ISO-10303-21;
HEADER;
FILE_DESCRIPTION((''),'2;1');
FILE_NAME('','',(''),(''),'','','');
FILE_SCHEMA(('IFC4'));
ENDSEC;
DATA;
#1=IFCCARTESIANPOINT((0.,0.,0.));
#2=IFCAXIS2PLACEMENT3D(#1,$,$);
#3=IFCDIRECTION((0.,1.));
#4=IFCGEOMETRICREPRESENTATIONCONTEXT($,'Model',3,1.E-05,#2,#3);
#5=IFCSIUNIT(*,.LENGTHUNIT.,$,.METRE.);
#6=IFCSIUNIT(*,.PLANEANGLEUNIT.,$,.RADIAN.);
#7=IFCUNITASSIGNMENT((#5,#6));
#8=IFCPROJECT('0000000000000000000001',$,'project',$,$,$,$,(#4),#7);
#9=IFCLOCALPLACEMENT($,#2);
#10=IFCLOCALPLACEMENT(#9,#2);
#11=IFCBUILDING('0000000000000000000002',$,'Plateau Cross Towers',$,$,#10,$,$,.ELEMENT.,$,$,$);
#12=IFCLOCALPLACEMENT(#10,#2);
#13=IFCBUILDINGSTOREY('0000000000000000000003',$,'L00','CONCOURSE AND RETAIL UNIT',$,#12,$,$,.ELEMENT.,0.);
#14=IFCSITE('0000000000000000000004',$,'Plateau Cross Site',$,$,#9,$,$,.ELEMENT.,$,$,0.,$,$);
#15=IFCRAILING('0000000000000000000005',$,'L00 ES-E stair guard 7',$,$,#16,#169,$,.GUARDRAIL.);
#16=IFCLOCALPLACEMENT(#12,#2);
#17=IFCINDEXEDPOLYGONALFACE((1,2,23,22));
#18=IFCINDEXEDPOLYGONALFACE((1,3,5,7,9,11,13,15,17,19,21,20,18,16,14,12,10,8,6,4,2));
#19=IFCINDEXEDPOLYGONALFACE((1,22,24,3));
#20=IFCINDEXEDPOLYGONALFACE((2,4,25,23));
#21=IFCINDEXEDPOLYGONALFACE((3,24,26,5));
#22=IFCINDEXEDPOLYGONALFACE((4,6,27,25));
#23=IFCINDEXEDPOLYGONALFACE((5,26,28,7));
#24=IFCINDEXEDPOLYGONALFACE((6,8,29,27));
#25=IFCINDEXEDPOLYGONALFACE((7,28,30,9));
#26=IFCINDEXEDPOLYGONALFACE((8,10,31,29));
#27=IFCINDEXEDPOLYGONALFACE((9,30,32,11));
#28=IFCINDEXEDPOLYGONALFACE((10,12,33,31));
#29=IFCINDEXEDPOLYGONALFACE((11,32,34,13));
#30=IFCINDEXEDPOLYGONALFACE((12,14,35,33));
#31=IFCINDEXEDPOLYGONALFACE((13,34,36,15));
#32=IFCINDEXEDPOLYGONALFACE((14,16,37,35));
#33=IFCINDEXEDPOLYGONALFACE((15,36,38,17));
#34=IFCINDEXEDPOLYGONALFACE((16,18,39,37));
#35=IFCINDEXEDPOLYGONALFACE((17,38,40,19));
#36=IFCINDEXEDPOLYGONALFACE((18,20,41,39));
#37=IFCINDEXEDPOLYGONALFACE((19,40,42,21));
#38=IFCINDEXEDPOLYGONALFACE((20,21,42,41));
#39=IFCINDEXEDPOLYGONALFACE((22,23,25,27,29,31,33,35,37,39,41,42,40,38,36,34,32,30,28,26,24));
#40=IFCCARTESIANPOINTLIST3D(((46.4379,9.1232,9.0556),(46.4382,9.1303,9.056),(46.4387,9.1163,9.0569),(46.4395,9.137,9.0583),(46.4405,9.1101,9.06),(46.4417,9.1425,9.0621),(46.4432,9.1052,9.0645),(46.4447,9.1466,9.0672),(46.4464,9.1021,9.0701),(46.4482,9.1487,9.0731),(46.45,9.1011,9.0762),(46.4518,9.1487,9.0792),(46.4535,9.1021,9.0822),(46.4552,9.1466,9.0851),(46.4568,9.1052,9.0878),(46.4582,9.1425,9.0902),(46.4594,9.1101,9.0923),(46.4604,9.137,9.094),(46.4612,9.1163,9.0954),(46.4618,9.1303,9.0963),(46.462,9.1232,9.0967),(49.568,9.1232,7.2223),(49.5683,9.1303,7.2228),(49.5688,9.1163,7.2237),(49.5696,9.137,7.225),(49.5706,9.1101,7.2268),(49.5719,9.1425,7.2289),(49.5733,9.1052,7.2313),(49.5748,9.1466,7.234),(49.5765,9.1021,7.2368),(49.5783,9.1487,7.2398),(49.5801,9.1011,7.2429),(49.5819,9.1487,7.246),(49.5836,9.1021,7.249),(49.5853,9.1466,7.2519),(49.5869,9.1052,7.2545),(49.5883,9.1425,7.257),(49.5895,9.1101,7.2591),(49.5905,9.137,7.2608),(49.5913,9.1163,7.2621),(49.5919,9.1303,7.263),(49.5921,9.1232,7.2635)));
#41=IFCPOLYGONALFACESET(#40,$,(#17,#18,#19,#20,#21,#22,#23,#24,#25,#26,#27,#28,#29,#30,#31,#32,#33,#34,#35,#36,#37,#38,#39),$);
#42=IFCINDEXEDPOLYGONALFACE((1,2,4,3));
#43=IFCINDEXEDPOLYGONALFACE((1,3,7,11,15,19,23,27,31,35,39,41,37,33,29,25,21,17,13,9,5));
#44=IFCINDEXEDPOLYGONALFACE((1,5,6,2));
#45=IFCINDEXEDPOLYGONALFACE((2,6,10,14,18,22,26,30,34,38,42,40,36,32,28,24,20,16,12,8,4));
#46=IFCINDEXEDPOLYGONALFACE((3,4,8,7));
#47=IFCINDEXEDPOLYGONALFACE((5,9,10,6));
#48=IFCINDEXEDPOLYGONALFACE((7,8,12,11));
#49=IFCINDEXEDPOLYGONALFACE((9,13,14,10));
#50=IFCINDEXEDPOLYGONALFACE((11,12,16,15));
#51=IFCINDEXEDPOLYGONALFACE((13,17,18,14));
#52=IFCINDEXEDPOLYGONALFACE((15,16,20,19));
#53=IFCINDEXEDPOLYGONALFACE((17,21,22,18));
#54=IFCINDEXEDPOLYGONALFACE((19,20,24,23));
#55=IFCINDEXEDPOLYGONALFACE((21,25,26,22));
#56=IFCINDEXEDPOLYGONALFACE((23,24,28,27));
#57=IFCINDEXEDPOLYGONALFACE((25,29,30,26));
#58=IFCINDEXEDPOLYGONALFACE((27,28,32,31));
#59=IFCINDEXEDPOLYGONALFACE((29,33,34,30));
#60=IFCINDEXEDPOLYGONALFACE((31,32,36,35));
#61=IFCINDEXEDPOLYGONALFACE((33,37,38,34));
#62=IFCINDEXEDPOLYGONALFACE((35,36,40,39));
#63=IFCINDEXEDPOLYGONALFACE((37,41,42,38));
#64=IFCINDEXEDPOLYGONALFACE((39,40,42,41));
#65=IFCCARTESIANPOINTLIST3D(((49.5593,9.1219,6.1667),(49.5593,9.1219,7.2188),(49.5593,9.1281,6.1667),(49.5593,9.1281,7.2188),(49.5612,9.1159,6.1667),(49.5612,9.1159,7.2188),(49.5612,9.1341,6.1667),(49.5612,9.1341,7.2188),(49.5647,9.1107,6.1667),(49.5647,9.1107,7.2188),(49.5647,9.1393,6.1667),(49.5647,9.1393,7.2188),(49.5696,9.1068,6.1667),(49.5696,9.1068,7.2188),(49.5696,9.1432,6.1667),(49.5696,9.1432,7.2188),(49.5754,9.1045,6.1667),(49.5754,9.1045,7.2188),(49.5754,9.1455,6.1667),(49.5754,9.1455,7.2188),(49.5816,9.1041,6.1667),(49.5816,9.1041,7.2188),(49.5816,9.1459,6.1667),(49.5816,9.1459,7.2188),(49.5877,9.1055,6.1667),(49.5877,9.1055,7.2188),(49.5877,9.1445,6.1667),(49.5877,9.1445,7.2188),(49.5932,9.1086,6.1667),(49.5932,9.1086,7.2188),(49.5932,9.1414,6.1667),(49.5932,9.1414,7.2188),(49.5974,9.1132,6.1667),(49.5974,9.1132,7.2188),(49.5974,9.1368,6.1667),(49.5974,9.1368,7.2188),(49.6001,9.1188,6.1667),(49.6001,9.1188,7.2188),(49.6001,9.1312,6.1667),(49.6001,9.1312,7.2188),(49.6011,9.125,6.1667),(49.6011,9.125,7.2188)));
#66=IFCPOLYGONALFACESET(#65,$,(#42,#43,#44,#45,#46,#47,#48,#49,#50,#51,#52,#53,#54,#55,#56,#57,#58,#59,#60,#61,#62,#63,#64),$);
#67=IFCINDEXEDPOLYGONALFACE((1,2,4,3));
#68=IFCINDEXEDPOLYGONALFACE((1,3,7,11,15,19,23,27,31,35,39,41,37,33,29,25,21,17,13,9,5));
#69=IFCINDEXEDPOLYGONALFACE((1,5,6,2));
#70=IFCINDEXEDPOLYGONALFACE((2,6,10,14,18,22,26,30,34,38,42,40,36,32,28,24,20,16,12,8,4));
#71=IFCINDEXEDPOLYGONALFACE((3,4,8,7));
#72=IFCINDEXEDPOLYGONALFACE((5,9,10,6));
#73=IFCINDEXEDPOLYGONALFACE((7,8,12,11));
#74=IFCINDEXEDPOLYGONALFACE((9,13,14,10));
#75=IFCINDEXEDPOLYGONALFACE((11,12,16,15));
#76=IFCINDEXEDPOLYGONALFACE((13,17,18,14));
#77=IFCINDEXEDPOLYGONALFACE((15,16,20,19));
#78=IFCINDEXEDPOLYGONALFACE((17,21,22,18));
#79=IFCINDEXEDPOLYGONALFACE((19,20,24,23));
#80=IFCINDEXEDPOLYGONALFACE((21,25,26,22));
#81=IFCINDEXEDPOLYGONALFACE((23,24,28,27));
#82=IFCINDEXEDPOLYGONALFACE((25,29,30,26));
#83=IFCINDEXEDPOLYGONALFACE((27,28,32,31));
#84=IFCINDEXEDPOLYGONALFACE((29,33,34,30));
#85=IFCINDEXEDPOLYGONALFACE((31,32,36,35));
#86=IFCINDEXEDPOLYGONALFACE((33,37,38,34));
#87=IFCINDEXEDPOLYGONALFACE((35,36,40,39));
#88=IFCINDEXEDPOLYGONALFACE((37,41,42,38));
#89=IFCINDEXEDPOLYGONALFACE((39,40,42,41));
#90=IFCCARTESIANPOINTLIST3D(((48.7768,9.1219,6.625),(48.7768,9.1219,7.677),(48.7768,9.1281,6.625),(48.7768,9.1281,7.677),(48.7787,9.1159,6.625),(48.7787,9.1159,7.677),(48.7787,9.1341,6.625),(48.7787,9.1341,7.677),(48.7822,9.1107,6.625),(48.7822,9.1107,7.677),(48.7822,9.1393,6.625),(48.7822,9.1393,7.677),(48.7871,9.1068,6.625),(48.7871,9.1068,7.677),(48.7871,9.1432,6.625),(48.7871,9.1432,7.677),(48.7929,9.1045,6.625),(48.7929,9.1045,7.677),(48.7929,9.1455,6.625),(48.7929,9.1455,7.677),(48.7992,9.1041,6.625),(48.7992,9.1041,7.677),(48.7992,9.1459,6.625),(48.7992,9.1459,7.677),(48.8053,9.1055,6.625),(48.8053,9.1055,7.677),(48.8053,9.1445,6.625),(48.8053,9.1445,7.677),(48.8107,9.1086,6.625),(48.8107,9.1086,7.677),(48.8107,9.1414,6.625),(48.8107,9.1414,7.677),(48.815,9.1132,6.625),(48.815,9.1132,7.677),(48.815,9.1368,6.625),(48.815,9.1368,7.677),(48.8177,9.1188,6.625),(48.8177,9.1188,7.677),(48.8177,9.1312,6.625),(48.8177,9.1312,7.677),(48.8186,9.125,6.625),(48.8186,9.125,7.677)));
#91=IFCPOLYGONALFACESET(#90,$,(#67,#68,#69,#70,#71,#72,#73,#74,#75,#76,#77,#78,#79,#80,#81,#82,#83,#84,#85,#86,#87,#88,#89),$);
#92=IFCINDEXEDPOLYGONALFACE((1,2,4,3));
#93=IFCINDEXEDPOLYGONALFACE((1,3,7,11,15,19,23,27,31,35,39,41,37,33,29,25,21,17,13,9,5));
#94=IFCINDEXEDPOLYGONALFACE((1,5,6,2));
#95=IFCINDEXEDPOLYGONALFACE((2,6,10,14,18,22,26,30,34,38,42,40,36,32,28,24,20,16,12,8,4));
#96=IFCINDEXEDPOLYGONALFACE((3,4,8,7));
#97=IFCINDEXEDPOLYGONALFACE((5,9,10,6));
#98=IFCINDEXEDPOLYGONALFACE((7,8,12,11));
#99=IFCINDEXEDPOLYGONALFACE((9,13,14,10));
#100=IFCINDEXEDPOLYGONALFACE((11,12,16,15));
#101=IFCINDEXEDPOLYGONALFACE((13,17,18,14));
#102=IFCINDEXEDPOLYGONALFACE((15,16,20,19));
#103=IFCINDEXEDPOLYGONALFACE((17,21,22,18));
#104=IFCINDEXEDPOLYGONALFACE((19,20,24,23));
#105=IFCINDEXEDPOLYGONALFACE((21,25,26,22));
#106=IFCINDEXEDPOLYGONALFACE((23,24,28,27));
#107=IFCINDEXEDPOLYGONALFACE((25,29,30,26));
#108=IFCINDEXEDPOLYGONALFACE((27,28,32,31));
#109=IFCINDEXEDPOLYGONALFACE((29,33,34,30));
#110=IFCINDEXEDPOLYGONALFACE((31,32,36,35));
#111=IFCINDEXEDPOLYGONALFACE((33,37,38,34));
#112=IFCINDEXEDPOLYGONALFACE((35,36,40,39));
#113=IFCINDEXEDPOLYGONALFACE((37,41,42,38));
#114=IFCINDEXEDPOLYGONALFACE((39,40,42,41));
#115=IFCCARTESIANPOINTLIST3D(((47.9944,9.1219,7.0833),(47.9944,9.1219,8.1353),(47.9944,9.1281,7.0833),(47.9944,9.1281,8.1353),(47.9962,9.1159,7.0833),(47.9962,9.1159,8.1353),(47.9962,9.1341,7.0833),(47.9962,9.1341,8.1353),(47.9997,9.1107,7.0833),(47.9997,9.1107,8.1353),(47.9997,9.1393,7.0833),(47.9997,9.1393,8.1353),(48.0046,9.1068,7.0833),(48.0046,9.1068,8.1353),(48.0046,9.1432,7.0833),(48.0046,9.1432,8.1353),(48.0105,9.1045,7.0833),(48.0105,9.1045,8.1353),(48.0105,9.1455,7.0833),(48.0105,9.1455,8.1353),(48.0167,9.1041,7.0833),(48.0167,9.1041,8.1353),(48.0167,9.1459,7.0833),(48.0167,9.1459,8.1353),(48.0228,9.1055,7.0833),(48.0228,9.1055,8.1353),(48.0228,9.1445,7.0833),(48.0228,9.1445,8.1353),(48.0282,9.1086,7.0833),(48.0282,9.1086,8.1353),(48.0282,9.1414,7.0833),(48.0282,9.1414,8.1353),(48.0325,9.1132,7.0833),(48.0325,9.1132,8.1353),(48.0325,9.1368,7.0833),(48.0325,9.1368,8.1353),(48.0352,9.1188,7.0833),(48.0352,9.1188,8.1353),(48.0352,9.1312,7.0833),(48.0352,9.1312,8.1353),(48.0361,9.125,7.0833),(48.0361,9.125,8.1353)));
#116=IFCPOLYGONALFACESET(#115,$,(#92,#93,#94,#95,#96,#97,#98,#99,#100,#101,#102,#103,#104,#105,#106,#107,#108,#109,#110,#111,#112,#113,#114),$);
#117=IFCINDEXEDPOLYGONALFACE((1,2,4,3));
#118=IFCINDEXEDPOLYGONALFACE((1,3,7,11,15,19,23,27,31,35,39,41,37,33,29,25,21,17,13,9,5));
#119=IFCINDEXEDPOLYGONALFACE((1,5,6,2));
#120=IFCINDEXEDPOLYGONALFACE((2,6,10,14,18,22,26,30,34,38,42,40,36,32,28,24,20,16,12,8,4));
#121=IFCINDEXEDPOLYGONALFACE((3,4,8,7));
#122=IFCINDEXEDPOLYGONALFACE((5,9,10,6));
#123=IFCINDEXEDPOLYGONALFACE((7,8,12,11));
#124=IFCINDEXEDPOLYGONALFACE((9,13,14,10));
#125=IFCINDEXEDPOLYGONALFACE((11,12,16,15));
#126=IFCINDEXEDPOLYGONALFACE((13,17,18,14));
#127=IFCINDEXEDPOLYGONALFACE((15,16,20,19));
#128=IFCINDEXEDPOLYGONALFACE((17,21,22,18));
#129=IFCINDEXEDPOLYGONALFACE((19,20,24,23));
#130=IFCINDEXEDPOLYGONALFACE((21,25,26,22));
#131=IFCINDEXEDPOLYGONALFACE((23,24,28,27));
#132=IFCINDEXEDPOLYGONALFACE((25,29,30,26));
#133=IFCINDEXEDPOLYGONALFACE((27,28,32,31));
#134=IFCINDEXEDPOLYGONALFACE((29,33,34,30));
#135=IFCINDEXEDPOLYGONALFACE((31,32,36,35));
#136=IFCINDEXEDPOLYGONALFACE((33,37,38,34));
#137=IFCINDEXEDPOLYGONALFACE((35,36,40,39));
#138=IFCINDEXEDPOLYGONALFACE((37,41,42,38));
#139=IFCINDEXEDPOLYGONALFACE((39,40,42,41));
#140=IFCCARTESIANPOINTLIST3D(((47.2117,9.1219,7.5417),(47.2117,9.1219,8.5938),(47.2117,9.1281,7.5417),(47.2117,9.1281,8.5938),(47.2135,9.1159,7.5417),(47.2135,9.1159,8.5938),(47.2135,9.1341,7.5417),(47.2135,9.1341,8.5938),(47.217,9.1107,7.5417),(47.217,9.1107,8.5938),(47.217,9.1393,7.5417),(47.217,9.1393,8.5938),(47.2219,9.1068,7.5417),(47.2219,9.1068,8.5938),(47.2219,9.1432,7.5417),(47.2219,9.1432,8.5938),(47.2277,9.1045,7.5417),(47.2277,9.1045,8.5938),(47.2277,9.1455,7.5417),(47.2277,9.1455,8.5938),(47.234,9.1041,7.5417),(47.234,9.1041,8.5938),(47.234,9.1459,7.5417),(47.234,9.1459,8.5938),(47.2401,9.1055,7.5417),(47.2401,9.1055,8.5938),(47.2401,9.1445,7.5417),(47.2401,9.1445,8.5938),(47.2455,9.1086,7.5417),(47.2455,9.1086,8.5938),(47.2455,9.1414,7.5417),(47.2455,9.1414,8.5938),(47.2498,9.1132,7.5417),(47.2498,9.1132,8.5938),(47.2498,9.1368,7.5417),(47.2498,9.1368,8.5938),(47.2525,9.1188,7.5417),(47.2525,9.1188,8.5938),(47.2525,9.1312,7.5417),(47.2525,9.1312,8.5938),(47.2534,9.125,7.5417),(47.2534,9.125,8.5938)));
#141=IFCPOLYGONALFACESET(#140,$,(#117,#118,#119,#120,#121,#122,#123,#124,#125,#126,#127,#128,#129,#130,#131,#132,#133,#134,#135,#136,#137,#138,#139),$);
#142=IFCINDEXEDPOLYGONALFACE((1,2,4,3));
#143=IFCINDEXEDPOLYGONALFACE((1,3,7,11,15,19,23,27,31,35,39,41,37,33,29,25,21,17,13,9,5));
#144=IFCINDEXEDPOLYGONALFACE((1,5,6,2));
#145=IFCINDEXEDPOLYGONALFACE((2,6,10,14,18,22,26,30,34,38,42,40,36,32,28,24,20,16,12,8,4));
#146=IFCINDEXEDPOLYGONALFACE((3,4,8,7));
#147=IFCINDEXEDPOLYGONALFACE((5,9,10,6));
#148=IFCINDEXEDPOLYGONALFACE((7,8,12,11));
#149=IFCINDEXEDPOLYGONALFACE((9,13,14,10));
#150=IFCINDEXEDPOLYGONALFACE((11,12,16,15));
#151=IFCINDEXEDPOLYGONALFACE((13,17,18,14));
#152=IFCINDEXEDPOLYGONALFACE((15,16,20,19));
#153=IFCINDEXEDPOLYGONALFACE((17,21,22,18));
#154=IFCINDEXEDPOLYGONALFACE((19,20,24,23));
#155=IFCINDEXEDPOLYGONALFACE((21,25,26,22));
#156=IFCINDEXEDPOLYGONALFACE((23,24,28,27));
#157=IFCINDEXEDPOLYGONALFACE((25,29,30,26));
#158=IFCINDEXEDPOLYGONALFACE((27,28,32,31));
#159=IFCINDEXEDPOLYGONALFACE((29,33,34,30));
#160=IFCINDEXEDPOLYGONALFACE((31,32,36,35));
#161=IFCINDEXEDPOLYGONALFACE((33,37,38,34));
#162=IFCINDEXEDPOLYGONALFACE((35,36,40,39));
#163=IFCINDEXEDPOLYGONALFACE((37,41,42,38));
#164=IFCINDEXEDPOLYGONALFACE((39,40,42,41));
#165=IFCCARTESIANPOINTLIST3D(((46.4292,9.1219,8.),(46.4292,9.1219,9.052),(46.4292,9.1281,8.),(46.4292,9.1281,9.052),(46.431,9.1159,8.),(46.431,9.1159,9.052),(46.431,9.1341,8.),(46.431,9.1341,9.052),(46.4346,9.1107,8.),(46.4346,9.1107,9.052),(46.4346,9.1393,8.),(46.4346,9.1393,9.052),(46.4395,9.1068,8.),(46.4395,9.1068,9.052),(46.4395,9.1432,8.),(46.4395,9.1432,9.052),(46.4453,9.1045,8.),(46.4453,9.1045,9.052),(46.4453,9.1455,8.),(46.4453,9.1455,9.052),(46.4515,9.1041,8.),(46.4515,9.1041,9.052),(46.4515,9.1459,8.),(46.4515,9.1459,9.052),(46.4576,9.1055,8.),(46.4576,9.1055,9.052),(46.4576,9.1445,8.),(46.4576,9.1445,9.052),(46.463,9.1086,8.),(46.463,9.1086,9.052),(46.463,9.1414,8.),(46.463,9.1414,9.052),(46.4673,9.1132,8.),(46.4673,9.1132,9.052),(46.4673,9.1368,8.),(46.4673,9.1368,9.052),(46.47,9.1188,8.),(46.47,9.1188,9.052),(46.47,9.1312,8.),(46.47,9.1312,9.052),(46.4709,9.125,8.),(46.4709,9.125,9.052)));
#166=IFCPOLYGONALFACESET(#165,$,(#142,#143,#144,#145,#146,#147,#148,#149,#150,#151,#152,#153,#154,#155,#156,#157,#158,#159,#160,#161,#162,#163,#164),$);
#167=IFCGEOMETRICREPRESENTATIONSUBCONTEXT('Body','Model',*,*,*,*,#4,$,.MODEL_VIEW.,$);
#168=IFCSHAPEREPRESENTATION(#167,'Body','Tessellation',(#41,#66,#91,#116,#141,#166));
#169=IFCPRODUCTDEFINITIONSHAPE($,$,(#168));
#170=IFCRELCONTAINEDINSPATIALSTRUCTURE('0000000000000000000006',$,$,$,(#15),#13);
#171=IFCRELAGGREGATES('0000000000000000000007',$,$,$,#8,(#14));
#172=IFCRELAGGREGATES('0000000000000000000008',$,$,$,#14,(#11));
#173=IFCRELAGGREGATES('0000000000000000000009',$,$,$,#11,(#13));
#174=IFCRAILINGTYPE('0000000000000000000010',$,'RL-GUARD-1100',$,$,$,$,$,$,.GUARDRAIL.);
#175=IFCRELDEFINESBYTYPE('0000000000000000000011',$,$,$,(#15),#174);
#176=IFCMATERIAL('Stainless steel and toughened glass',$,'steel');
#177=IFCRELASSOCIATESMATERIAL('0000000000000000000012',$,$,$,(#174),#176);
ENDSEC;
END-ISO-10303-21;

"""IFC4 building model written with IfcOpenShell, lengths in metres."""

from ifc_helpers import new_model, si_unit, direction, frame, origin, origin_2d, place, context, subcontext, project, spatial, circle, extrude, material, type_object, element, save


model = new_model("IFC4")

# Units and contexts
model_context = context("Model", 3, precision=1e-05, world=origin(), true_north=direction((0.0, 1.0)))
body_context = subcontext(model_context, "Body", "Model", "MODEL_VIEW")
ifc_project = project(units=[si_unit("LENGTHUNIT", "METRE"), si_unit("PLANEANGLEUNIT", "RADIAN")], contexts=[model_context])

# Site, building, storey
site_placement = place(None, origin())
site = spatial("IfcSite", under=ifc_project, at=site_placement, Name="Plateau Cross Site", CompositionType="ELEMENT", RefElevation=0.0)
building_placement = place(site_placement, origin())
building = spatial("IfcBuilding", under=site, at=building_placement, Name="Plateau Cross Towers", CompositionType="ELEMENT")
storey_placement = place(building_placement, origin())
storey = spatial("IfcBuildingStorey", under=building, at=storey_placement, Name="L00", Description="CONCOURSE AND RETAIL UNIT", CompositionType="ELEMENT", Elevation=0.0)

# Railing
ifc_material_1 = material(Name="Stainless steel and toughened glass", Category="steel")
railing_type_1 = type_object("IfcRailingType", Name="RL-GUARD-1100", PredefinedType="GUARDRAIL", material=ifc_material_1)
railing_1_placement = place(storey_placement, frame((49.5801, 9.125, 6.1667)))
element("IfcRailing", 1, at=railing_1_placement, inside=storey, type_object=railing_type_1, Name="L00 ES-E stair guard 7", PredefinedType="GUARDRAIL", context=body_context, shape_type="SweptSolid", body=[
    extrude(circle(Radius=0.0239, at=origin_2d()), frame((0.0, 0.0, 1.0762), z_axis=(-0.862896, 0.0, 0.505381), x_axis=(0.0, -1.0, 0.0)), (0.0, 0.0, 1.0), 3.6274),
    extrude(circle(Radius=0.021, at=origin_2d()), origin(), (0.0, 0.0, 1.0), 1.052),
    extrude(circle(Radius=0.021, at=origin_2d()), frame((-0.7825, 0.0, 0.4583)), (0.0, 0.0, 1.0), 1.052),
    extrude(circle(Radius=0.021, at=origin_2d()), frame((-1.5649, 0.0, 0.9165)), (0.0, 0.0, 1.0), 1.052),
    extrude(circle(Radius=0.021, at=origin_2d()), frame((-2.3477, 0.0, 1.375)), (0.0, 0.0, 1.0), 1.052),
    extrude(circle(Radius=0.021, at=origin_2d()), frame((-3.1301, 0.0, 1.8333)), (0.0, 0.0, 1.0), 1.052),
])

save(model, "model.ifc")
